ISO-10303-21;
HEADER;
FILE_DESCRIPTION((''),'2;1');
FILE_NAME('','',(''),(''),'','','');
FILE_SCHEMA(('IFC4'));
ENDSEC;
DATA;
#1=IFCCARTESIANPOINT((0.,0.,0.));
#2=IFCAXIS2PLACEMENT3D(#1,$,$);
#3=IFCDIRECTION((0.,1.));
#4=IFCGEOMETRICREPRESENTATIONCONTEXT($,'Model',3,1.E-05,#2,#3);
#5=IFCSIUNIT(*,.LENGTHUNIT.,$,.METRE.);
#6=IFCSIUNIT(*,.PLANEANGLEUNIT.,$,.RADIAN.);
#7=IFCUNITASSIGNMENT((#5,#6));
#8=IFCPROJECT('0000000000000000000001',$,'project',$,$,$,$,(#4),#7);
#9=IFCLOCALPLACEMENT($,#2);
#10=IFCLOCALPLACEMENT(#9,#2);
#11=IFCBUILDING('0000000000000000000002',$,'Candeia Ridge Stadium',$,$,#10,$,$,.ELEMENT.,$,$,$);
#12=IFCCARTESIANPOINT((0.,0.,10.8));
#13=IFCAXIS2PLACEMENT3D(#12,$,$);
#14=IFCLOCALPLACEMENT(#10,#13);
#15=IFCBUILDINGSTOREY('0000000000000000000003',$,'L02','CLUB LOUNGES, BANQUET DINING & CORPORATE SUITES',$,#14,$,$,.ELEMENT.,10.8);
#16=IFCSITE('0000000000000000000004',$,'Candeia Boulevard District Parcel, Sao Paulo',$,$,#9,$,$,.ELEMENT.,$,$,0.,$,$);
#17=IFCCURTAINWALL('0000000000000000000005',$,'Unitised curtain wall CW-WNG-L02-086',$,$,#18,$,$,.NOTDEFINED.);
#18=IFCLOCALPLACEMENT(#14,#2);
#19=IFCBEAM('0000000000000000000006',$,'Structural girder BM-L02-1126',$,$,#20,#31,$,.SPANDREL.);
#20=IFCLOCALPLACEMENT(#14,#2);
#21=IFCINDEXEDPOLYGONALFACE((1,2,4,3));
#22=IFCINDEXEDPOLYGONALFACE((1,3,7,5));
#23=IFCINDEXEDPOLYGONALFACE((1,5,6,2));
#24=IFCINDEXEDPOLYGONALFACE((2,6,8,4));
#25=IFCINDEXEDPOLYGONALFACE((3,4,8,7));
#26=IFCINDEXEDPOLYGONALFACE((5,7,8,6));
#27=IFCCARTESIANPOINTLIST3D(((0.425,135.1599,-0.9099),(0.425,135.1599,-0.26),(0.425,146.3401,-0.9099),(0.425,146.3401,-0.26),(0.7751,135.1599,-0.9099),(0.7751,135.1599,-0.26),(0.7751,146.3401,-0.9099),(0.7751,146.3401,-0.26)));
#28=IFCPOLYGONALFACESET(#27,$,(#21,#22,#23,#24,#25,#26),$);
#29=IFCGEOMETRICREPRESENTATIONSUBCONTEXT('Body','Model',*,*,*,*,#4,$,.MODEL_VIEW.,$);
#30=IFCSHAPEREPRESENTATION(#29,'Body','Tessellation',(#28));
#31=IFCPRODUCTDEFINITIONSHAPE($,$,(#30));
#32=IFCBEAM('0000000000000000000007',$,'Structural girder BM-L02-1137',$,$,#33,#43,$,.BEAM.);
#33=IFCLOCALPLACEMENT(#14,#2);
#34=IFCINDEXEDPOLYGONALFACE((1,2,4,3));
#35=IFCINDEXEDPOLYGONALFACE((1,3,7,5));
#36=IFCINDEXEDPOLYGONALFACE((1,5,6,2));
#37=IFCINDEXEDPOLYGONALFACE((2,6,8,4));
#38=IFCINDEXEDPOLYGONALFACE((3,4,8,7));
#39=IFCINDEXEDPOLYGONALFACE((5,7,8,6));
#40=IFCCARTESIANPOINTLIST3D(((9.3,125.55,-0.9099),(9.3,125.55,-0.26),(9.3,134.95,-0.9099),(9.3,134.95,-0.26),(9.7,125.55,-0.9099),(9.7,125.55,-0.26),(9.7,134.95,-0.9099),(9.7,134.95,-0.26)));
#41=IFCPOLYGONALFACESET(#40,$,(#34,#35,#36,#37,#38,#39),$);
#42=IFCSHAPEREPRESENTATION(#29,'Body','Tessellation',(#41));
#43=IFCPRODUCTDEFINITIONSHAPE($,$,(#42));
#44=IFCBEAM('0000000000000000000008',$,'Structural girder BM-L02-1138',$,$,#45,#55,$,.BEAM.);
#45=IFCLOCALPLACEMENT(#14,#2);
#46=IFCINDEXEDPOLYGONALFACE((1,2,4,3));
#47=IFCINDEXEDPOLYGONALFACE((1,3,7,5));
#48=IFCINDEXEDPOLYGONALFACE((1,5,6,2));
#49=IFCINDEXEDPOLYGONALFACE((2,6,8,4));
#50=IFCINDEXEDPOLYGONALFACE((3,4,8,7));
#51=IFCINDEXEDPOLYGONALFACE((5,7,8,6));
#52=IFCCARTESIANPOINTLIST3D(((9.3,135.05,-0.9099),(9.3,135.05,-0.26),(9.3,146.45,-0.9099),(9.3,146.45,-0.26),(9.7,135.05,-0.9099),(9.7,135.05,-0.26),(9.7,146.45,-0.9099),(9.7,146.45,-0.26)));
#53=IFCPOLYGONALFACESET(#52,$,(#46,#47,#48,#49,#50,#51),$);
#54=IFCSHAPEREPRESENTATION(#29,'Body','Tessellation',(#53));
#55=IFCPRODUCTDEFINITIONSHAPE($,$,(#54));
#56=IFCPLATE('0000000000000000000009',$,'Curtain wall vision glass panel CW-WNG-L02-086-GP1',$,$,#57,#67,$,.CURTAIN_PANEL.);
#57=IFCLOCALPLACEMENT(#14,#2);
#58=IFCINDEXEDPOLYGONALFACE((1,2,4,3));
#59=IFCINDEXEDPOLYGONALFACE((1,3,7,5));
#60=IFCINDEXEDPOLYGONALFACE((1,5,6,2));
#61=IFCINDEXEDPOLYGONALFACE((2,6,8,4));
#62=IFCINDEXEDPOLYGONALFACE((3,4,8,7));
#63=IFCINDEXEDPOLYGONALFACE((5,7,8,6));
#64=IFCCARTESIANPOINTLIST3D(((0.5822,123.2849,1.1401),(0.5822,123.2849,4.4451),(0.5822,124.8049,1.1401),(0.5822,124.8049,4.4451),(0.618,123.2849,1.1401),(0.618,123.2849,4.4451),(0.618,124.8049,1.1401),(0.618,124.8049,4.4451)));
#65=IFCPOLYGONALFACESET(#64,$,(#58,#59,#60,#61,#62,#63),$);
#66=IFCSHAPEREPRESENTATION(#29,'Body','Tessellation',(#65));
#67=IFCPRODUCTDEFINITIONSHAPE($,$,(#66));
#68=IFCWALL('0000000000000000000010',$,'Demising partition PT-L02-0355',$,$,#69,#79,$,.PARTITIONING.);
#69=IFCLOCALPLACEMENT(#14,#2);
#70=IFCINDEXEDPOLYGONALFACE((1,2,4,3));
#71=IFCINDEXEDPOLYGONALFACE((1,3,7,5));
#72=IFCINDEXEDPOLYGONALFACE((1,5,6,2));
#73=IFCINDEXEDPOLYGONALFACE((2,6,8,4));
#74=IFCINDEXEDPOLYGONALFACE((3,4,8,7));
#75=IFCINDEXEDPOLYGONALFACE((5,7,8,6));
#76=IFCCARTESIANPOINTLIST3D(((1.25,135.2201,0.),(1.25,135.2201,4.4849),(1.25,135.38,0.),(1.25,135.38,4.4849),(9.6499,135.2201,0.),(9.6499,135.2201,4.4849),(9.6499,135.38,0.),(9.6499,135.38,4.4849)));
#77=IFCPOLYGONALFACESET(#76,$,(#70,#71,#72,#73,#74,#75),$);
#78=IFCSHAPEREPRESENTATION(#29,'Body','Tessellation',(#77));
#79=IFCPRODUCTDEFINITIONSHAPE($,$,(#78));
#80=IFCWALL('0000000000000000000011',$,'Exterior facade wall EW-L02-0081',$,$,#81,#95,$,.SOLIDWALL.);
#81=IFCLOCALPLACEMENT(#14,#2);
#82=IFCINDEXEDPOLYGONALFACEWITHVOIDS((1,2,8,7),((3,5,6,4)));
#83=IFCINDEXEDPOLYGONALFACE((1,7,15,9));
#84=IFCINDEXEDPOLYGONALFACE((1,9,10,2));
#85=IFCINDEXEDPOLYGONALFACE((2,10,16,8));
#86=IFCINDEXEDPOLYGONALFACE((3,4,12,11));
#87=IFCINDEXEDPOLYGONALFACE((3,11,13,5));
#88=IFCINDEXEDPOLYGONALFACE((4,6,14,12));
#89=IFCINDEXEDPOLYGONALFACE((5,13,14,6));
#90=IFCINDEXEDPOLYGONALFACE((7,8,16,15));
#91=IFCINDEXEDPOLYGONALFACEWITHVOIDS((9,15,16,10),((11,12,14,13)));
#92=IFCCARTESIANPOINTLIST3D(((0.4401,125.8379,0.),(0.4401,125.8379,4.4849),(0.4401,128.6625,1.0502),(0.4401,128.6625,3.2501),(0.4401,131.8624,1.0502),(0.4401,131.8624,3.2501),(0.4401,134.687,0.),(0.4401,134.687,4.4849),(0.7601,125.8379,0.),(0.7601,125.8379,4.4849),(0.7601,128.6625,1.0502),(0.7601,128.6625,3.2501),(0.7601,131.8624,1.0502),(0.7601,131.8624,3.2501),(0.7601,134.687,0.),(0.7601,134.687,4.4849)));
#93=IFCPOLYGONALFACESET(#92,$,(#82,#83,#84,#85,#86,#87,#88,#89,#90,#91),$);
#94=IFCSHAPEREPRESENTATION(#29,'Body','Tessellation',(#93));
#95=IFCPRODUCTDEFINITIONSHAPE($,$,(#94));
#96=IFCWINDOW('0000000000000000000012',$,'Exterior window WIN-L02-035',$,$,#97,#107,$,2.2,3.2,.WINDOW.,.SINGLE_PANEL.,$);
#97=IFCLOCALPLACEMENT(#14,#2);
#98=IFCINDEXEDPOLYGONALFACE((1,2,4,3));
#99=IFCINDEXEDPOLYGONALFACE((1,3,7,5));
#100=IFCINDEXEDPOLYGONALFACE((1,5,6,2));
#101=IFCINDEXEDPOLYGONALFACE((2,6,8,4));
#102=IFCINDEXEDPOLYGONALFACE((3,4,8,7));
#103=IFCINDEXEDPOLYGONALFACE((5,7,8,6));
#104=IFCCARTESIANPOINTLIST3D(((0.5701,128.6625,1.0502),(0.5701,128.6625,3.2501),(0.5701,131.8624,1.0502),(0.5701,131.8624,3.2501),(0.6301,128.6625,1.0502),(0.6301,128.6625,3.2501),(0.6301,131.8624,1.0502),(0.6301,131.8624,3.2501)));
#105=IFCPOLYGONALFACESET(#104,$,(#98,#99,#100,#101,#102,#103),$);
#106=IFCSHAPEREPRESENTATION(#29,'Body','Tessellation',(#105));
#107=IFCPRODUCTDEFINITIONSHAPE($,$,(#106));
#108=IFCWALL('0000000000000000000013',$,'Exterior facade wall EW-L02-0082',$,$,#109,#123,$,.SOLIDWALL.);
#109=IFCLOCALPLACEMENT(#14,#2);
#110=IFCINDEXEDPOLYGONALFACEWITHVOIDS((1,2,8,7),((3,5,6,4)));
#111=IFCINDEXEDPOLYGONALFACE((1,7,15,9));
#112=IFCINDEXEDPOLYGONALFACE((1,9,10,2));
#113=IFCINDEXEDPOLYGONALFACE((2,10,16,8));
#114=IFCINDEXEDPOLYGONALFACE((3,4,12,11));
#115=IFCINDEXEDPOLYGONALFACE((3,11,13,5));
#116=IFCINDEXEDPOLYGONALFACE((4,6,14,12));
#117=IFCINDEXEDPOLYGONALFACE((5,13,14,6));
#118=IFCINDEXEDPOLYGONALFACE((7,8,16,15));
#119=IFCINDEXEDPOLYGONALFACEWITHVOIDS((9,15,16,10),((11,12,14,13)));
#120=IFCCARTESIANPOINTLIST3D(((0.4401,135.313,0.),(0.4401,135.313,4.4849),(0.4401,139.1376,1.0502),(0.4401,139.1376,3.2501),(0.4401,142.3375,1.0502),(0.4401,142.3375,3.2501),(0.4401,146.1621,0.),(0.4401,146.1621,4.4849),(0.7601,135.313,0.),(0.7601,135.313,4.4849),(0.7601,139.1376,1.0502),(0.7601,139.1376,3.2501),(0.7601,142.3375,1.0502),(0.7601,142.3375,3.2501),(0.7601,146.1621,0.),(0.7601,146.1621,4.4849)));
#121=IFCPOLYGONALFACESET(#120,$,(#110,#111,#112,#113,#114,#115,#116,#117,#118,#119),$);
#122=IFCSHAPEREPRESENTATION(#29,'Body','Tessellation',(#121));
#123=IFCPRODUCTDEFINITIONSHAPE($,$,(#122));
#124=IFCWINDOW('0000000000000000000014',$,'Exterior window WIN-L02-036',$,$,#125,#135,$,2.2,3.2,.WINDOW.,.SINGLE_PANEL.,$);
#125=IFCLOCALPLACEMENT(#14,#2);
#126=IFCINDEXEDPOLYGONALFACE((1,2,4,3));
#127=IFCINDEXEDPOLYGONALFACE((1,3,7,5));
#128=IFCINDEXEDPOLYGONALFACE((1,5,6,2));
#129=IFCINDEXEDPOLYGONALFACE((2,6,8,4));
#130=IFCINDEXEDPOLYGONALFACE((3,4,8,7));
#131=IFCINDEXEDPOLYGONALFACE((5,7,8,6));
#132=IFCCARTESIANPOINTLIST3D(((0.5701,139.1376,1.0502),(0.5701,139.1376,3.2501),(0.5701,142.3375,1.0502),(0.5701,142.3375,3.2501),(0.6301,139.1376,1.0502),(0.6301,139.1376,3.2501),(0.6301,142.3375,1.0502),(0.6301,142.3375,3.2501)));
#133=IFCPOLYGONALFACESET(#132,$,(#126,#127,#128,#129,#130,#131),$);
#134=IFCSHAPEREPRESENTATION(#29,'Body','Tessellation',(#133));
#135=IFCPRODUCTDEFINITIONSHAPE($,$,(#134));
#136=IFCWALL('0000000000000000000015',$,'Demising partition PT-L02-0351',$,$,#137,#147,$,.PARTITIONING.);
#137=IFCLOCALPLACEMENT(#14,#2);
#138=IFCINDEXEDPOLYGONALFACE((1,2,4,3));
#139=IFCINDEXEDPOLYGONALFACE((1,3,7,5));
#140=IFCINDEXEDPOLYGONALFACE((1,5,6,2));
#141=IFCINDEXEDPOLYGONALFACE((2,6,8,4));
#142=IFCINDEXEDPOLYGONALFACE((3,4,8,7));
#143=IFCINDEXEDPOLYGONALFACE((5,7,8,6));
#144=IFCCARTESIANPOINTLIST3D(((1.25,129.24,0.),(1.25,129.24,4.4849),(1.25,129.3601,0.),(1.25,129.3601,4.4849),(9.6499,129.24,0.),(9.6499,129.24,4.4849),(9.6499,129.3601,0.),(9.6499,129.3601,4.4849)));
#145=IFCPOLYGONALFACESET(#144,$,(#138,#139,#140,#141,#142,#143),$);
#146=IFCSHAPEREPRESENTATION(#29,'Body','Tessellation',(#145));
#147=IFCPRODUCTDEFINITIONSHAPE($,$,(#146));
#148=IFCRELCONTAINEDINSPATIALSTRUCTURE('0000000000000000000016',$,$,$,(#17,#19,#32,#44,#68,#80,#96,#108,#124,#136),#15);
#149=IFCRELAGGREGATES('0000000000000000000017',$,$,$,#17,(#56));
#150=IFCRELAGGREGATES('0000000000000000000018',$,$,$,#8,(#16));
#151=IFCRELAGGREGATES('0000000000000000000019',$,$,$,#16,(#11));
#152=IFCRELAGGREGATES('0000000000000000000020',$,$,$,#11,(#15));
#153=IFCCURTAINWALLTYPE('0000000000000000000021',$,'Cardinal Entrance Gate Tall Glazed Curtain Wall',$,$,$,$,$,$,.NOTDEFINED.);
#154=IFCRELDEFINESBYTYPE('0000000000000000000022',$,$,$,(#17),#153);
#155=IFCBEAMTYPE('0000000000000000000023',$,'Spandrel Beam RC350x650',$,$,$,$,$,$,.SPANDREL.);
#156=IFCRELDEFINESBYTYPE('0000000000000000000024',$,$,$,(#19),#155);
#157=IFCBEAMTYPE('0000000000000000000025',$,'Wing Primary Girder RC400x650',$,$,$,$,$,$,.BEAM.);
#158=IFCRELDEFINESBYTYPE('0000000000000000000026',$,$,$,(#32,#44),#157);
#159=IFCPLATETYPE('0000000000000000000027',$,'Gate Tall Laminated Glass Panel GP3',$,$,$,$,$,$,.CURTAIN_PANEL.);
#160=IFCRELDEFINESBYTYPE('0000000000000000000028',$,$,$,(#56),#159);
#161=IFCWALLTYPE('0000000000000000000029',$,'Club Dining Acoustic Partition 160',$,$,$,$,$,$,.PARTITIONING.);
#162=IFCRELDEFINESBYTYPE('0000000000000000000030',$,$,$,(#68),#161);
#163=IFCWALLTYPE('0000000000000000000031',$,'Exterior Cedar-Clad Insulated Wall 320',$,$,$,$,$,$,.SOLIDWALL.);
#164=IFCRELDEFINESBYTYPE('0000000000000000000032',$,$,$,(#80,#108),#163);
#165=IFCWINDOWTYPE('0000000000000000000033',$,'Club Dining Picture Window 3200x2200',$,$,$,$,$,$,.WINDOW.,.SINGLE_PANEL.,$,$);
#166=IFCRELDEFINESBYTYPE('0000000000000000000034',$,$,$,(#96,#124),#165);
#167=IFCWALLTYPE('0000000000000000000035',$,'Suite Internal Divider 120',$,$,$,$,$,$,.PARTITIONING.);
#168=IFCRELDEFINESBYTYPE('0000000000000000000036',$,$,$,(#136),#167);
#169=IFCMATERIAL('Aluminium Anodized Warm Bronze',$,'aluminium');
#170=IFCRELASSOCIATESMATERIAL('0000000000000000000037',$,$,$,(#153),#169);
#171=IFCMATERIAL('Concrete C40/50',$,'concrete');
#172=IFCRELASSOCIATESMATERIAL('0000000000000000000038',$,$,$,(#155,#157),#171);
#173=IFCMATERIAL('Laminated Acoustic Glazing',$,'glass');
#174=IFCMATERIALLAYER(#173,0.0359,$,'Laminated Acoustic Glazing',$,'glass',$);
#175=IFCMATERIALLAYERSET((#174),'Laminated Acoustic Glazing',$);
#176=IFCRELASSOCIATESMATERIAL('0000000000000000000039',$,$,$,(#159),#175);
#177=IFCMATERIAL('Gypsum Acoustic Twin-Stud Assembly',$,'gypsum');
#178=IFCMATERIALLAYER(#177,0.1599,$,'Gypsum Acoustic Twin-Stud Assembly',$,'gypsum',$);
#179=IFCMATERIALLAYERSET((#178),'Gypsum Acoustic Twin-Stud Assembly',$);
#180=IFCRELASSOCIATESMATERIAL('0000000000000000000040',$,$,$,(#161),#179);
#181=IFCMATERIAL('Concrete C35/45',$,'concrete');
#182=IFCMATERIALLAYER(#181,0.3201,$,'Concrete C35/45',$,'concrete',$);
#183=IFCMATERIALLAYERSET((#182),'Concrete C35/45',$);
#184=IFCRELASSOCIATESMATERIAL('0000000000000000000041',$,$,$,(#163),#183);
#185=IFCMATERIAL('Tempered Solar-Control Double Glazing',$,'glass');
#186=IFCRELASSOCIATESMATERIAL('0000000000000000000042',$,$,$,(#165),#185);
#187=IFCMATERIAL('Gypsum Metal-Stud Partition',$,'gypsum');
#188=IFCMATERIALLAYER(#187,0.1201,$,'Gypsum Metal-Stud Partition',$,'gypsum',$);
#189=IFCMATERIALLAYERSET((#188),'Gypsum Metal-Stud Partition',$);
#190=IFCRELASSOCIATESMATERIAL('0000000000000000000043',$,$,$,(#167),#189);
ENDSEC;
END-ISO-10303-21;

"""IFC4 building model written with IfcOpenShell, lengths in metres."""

from ifc_helpers import new_model, si_unit, direction, frame, frame_2d, origin, origin_2d, place, context, subcontext, project, spatial, rectangle, extrude, material, layer, layer_set, material_profile, profile_set, type_object, element, fill, aggregate, save


model = new_model("IFC4")

# Units and contexts
model_context = context("Model", 3, precision=1e-05, world=origin(), true_north=direction((0.0, 1.0)))
body_context = subcontext(model_context, "Body", "Model", "MODEL_VIEW")
ifc_project = project(units=[si_unit("LENGTHUNIT", "METRE"), si_unit("PLANEANGLEUNIT", "RADIAN")], contexts=[model_context])

# Site, building, storey
site_placement = place(None, origin())
site = spatial("IfcSite", under=ifc_project, at=site_placement, Name="Candeia Boulevard District Parcel, Sao Paulo", CompositionType="ELEMENT", RefElevation=0.0)
building_placement = place(site_placement, origin())
building = spatial("IfcBuilding", under=site, at=building_placement, Name="Candeia Ridge Stadium", CompositionType="ELEMENT")
storey_placement = place(building_placement, frame((0.0, 0.0, 10.8)))
storey = spatial("IfcBuildingStorey", under=building, at=storey_placement, Name="L02", Description="CLUB LOUNGES, BANQUET DINING & CORPORATE SUITES", CompositionType="ELEMENT", Elevation=10.8)

# Shared definitions
ifc_material_1 = material(Name="Concrete C40/50", Category="concrete")

# Curtain wall
ifc_material_2 = material(Name="Aluminium Anodized Warm Bronze", Category="aluminium")
curtain_wall_type = type_object("IfcCurtainWallType", Name="Cardinal Entrance Gate Tall Glazed Curtain Wall", PredefinedType="NOTDEFINED", material=ifc_material_2)
curtain_wall_placement = place(storey_placement, origin())
curtain_wall = element("IfcCurtainWall", 1, at=curtain_wall_placement, inside=storey, type_object=curtain_wall_type, Name="Unitised curtain wall CW-WNG-L02-086", PredefinedType="NOTDEFINED")

# Beams
ifc_material_profile_1 = material_profile(ifc_material_1, rectangle(XDim=0.3501, YDim=0.6499, at=origin_2d()), Name="RC350x650", Category="concrete")
ifc_profile_set_1 = profile_set([ifc_material_profile_1], Name="Concrete C40/50")
beam_type_1 = type_object("IfcBeamType", Name="Spandrel Beam RC350x650", PredefinedType="SPANDREL", material=ifc_profile_set_1)
beam_1_placement = place(storey_placement, frame((0.6001, 135.1599, -0.585), z_axis=(0.0, 1.0, 0.0), x_axis=(-1.0, 0.0, 0.0)))
element("IfcBeam", 2, at=beam_1_placement, inside=storey, type_object=beam_type_1, Name="Structural girder BM-L02-1126", PredefinedType="SPANDREL", context=body_context, shape_type="SweptSolid", body=[
    extrude(rectangle(XDim=0.3501, YDim=0.6499, at=origin_2d()), origin(), (0.0, 0.0, 1.0), 11.1802),
])
ifc_material_profile_2 = material_profile(ifc_material_1, rectangle(XDim=0.3999, YDim=0.6499, at=origin_2d()), Name="RC400x650", Category="concrete")
ifc_profile_set_2 = profile_set([ifc_material_profile_2], Name="Concrete C40/50")
beam_type_2 = type_object("IfcBeamType", Name="Wing Primary Girder RC400x650", PredefinedType="BEAM", material=ifc_profile_set_2)
beam_2_placement = place(storey_placement, frame((9.5, 125.55, -0.585), z_axis=(0.0, 1.0, 0.0), x_axis=(-1.0, 0.0, 0.0)))
element("IfcBeam", 3, at=beam_2_placement, inside=storey, type_object=beam_type_2, Name="Structural girder BM-L02-1137", PredefinedType="BEAM", context=body_context, shape_type="SweptSolid", body=[
    extrude(rectangle(XDim=0.3999, YDim=0.6499, at=origin_2d()), origin(), (0.0, 0.0, 1.0), 9.3999),
])
beam_3_placement = place(storey_placement, frame((9.5, 135.05, -0.585), z_axis=(0.0, 1.0, 0.0), x_axis=(-1.0, 0.0, 0.0)))
element("IfcBeam", 4, at=beam_3_placement, inside=storey, type_object=beam_type_2, Name="Structural girder BM-L02-1138", PredefinedType="BEAM", context=body_context, shape_type="SweptSolid", body=[
    extrude(rectangle(XDim=0.3999, YDim=0.6499, at=origin_2d()), origin(), (0.0, 0.0, 1.0), 11.3999),
])

# Plate
ifc_material_3 = material(Name="Laminated Acoustic Glazing", Category="glass")
ifc_layer_1 = layer(ifc_material_3, 0.0359, Name="Laminated Acoustic Glazing", Category="glass")
ifc_layer_set_1 = layer_set([ifc_layer_1], Name="Laminated Acoustic Glazing")
plate_type = type_object("IfcPlateType", Name="Gate Tall Laminated Glass Panel GP3", PredefinedType="CURTAIN_PANEL", material=ifc_layer_set_1)
plate_placement = place(storey_placement, frame((0.6001, 124.0449, 1.1401), z_axis=(0.0, 0.0, 1.0), x_axis=(0.0, 1.0, 0.0)))
plate = element("IfcPlate", 5, at=plate_placement, type_object=plate_type, Name="Curtain wall vision glass panel CW-WNG-L02-086-GP1", PredefinedType="CURTAIN_PANEL", context=body_context, shape_type="SweptSolid", body=[
    extrude(rectangle(XDim=1.52, YDim=0.0359, at=origin_2d()), origin(), (0.0, 0.0, 1.0), 3.3049),
])
aggregate(curtain_wall, [plate])

# Wall
ifc_material_4 = material(Name="Gypsum Acoustic Twin-Stud Assembly", Category="gypsum")
ifc_layer_2 = layer(ifc_material_4, 0.1599, Name="Gypsum Acoustic Twin-Stud Assembly", Category="gypsum")
ifc_layer_set_2 = layer_set([ifc_layer_2], Name="Gypsum Acoustic Twin-Stud Assembly")
wall_type_1 = type_object("IfcWallType", Name="Club Dining Acoustic Partition 160", PredefinedType="PARTITIONING", material=ifc_layer_set_2)
wall_1_placement = place(storey_placement, frame((1.25, 135.3, 0.0), z_axis=(0.0, 0.0, 1.0), x_axis=(1.0, 0.0, 0.0)))
element("IfcWall", 6, at=wall_1_placement, inside=storey, type_object=wall_type_1, Name="Demising partition PT-L02-0355", PredefinedType="PARTITIONING", context=body_context, shape_type="SweptSolid", body=[
    extrude(rectangle(XDim=8.3999, YDim=0.1599, at=frame_2d((4.2, 0.0))), origin(), (0.0, 0.0, 1.0), 4.4849),
])

# Walls, openings, windows
ifc_material_5 = material(Name="Concrete C35/45", Category="concrete")
ifc_layer_3 = layer(ifc_material_5, 0.3201, Name="Concrete C35/45", Category="concrete")
ifc_layer_set_3 = layer_set([ifc_layer_3], Name="Concrete C35/45")
wall_type_2 = type_object("IfcWallType", Name="Exterior Cedar-Clad Insulated Wall 320", PredefinedType="SOLIDWALL", material=ifc_layer_set_3)
wall_2_placement = place(storey_placement, frame((0.6001, 125.8379, 0.0), z_axis=(0.0, 0.0, 1.0), x_axis=(0.0, 1.0, 0.0)))
wall_2 = element("IfcWall", 7, at=wall_2_placement, inside=storey, type_object=wall_type_2, Name="Exterior facade wall EW-L02-0081", PredefinedType="SOLIDWALL", context=body_context, shape_type="SweptSolid", body=[
    extrude(rectangle(XDim=8.8491, YDim=0.3201, at=frame_2d((4.4246, 0.0))), origin(), (0.0, 0.0, 1.0), 4.4849),
])
opening_1_placement = place(wall_2_placement, frame((2.8245, 0.0, 1.05)))
opening_1 = element("IfcOpeningElement", 8, at=opening_1_placement, cuts=wall_2, PredefinedType="OPENING", context=body_context, shape_type="SweptSolid", body=[
    extrude(rectangle(XDim=3.2, YDim=2.2, at=frame_2d((1.6001, 1.1001))), frame((0.0, 0.1699, 0.0), z_axis=(0.0, -1.0, 0.0), x_axis=(1.0, 0.0, 0.0)), (0.0, 0.0, 1.0), 0.3401),
])
ifc_material_6 = material(Name="Tempered Solar-Control Double Glazing", Category="glass")
window_type = type_object("IfcWindowType", Name="Club Dining Picture Window 3200x2200", PartitioningType="SINGLE_PANEL", PredefinedType="WINDOW", material=ifc_material_6)
window_1_placement = place(opening_1_placement, origin())
window_1 = element("IfcWindow", 9, at=window_1_placement, inside=storey, type_object=window_type, Name="Exterior window WIN-L02-035", OverallHeight=2.2, OverallWidth=3.2, PartitioningType="SINGLE_PANEL", PredefinedType="WINDOW", context=body_context, shape_type="SweptSolid", body=[
    extrude(rectangle(XDim=3.2, YDim=2.2, at=frame_2d((1.6001, 1.1001))), frame((0.0, 0.03, 0.0), z_axis=(0.0, -1.0, 0.0), x_axis=(1.0, 0.0, 0.0)), (0.0, 0.0, 1.0), 0.0601),
])
fill(opening_1, window_1)
wall_3_placement = place(storey_placement, frame((0.6001, 135.313, 0.0), z_axis=(0.0, 0.0, 1.0), x_axis=(0.0, 1.0, 0.0)))
wall_3 = element("IfcWall", 10, at=wall_3_placement, inside=storey, type_object=wall_type_2, Name="Exterior facade wall EW-L02-0082", PredefinedType="SOLIDWALL", context=body_context, shape_type="SweptSolid", body=[
    extrude(rectangle(XDim=10.8491, YDim=0.3201, at=frame_2d((5.4246, 0.0))), origin(), (0.0, 0.0, 1.0), 4.4849),
])
opening_2_placement = place(wall_3_placement, frame((3.8245, 0.0, 1.05)))
opening_2 = element("IfcOpeningElement", 11, at=opening_2_placement, cuts=wall_3, PredefinedType="OPENING", context=body_context, shape_type="SweptSolid", body=[
    extrude(rectangle(XDim=3.2, YDim=2.2, at=frame_2d((1.6001, 1.1001))), frame((0.0, 0.1699, 0.0), z_axis=(0.0, -1.0, 0.0), x_axis=(1.0, 0.0, 0.0)), (0.0, 0.0, 1.0), 0.3401),
])
window_2_placement = place(opening_2_placement, origin())
window_2 = element("IfcWindow", 12, at=window_2_placement, inside=storey, type_object=window_type, Name="Exterior window WIN-L02-036", OverallHeight=2.2, OverallWidth=3.2, PartitioningType="SINGLE_PANEL", PredefinedType="WINDOW", context=body_context, shape_type="SweptSolid", body=[
    extrude(rectangle(XDim=3.2, YDim=2.2, at=frame_2d((1.6001, 1.1001))), frame((0.0, 0.03, 0.0), z_axis=(0.0, -1.0, 0.0), x_axis=(1.0, 0.0, 0.0)), (0.0, 0.0, 1.0), 0.0601),
])
fill(opening_2, window_2)

# Wall
ifc_material_7 = material(Name="Gypsum Metal-Stud Partition", Category="gypsum")
ifc_layer_4 = layer(ifc_material_7, 0.1201, Name="Gypsum Metal-Stud Partition", Category="gypsum")
ifc_layer_set_4 = layer_set([ifc_layer_4], Name="Gypsum Metal-Stud Partition")
wall_type_3 = type_object("IfcWallType", Name="Suite Internal Divider 120", PredefinedType="PARTITIONING", material=ifc_layer_set_4)
wall_4_placement = place(storey_placement, frame((1.25, 129.3, 0.0), z_axis=(0.0, 0.0, 1.0), x_axis=(1.0, 0.0, 0.0)))
element("IfcWall", 13, at=wall_4_placement, inside=storey, type_object=wall_type_3, Name="Demising partition PT-L02-0351", PredefinedType="PARTITIONING", context=body_context, shape_type="SweptSolid", body=[
    extrude(rectangle(XDim=8.3999, YDim=0.1201, at=frame_2d((4.2, 0.0))), origin(), (0.0, 0.0, 1.0), 4.4849),
])

save(model, "model.ifc")
